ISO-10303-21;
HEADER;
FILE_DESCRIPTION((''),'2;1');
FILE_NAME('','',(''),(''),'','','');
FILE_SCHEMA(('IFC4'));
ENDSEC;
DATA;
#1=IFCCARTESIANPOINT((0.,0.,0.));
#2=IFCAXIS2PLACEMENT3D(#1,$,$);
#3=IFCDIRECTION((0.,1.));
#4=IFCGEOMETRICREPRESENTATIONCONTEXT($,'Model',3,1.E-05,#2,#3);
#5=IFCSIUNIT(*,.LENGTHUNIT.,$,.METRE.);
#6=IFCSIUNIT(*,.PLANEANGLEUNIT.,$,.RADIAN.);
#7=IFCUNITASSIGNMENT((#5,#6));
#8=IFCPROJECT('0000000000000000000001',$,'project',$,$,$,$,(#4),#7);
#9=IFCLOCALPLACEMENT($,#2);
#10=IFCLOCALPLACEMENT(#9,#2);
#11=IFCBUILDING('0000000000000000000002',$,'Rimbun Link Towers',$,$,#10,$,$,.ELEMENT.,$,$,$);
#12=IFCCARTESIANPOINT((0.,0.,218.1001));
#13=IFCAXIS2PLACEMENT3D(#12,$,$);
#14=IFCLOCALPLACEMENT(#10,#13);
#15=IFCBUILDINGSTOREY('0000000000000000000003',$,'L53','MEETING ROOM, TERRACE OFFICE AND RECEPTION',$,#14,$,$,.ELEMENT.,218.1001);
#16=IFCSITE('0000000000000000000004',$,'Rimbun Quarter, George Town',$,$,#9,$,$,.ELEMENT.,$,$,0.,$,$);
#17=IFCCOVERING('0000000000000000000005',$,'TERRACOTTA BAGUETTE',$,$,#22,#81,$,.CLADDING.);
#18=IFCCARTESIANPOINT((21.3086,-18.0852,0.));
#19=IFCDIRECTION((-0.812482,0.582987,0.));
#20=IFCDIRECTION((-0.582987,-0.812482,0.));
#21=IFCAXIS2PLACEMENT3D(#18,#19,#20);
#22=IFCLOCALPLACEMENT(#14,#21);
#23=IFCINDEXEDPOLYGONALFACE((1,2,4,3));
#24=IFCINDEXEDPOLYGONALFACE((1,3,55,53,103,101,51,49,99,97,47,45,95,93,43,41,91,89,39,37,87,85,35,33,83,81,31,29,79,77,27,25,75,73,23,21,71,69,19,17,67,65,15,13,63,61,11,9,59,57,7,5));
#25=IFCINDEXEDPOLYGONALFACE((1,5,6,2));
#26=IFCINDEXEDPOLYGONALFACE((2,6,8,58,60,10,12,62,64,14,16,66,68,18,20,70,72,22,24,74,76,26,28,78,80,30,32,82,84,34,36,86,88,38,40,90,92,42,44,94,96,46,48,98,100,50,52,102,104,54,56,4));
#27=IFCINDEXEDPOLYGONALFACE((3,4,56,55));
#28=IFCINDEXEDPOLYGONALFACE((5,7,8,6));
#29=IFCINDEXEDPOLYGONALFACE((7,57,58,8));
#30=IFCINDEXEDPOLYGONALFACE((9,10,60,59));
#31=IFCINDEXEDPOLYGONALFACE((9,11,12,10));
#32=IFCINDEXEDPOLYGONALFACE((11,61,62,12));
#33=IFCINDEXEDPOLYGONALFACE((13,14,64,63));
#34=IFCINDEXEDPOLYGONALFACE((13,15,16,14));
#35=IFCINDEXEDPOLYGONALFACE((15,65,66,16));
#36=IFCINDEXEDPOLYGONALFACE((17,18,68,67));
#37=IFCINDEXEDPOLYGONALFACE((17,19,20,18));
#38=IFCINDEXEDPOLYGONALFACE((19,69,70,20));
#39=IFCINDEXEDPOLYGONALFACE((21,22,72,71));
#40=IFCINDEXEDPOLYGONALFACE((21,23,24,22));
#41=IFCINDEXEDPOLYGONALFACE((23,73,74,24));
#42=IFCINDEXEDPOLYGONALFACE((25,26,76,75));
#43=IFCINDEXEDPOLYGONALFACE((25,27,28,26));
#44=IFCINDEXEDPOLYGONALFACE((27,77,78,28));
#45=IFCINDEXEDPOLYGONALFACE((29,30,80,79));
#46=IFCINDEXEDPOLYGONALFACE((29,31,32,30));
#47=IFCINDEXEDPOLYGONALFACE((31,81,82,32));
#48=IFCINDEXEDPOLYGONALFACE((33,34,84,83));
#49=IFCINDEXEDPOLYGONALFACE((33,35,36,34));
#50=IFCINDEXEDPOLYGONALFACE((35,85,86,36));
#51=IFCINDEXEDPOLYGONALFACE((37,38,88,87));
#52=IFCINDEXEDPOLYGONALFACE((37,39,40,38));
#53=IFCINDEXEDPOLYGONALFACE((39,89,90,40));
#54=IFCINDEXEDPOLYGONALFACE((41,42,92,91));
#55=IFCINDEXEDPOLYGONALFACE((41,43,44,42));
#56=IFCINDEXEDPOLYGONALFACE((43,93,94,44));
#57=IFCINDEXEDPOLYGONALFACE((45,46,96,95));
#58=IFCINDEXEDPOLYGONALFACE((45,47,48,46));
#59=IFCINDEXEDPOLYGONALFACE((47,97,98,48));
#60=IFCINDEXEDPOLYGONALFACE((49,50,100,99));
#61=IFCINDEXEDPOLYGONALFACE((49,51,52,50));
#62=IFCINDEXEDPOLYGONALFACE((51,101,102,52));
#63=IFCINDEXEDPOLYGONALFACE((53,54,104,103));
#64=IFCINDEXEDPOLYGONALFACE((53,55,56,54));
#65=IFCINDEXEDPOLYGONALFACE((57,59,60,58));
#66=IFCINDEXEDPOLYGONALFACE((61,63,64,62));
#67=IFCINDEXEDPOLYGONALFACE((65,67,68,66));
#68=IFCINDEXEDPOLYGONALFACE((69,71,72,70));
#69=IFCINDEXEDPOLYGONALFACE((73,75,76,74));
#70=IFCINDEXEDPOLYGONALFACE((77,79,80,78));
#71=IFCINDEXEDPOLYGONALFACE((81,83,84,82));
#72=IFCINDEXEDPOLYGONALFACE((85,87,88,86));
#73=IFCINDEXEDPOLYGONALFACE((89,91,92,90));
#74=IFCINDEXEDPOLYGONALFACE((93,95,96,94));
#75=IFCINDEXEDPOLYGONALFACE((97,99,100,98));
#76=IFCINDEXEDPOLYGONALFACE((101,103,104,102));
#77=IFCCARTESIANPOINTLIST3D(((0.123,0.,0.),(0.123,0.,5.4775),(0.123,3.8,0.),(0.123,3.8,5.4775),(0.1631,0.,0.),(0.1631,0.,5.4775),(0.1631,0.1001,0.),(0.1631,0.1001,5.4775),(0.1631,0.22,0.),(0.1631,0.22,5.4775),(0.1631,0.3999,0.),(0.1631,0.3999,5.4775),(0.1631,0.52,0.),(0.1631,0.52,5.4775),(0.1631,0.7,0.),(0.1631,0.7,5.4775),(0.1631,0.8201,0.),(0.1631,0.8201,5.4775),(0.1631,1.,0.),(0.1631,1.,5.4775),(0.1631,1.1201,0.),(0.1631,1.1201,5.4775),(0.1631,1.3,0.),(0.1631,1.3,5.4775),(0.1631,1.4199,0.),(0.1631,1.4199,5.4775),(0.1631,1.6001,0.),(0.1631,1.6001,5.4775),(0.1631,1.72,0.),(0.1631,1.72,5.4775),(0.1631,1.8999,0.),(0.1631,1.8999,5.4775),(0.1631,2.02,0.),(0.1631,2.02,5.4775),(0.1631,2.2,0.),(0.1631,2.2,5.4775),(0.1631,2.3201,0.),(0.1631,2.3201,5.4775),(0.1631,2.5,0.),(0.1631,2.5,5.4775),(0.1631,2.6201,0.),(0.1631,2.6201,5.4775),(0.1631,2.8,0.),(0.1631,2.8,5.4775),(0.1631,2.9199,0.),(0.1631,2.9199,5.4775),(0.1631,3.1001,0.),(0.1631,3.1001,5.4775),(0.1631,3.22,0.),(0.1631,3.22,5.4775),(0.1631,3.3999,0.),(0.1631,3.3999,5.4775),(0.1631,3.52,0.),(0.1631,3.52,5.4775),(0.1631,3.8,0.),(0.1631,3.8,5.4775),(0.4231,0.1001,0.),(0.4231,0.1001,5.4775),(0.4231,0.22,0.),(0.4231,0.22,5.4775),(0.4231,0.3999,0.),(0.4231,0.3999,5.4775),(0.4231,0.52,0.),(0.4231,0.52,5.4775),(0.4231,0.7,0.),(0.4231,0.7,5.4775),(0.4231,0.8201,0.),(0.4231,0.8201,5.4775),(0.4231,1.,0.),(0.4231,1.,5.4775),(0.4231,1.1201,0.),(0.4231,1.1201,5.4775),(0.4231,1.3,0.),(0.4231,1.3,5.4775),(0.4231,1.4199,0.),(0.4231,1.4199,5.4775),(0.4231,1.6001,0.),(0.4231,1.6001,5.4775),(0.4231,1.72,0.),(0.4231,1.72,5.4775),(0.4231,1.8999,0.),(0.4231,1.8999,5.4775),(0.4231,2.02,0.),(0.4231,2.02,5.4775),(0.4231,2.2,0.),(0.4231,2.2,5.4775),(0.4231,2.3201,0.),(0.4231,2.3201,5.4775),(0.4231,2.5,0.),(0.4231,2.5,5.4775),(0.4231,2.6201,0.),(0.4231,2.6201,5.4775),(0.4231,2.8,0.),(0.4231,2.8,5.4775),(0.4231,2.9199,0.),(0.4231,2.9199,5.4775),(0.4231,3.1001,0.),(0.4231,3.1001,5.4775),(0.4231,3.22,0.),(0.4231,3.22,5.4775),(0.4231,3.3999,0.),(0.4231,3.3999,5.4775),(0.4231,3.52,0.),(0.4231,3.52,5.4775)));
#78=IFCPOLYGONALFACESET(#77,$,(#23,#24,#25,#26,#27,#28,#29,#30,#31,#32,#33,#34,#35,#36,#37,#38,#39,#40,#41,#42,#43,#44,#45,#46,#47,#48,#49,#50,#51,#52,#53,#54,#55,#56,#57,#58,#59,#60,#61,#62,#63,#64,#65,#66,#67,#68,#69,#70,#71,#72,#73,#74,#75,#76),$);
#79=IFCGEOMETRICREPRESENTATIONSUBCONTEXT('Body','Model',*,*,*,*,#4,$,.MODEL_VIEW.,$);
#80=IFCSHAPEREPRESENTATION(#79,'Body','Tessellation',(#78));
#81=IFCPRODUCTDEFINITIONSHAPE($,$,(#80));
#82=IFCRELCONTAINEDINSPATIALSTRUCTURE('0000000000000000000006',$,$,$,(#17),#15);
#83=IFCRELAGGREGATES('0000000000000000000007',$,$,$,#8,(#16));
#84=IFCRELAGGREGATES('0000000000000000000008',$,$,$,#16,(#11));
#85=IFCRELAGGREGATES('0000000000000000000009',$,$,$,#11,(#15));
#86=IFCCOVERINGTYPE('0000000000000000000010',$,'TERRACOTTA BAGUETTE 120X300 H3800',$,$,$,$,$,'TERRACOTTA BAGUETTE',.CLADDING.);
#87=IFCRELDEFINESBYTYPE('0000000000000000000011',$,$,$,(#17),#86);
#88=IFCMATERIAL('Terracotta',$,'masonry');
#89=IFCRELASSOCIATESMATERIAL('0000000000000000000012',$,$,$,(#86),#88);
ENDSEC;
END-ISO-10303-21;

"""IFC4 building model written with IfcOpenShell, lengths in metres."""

from ifc_helpers import new_model, si_unit, direction, frame, origin, place, context, subcontext, project, spatial, polyline, outline, extrude, material, material_profile, profile_set, type_object, element, save


model = new_model("IFC4")

# Units and contexts
model_context = context("Model", 3, precision=1e-05, world=origin(), true_north=direction((0.0, 1.0)))
body_context = subcontext(model_context, "Body", "Model", "MODEL_VIEW")
ifc_project = project(units=[si_unit("LENGTHUNIT", "METRE"), si_unit("PLANEANGLEUNIT", "RADIAN")], contexts=[model_context])

# Site, building, storey
site_placement = place(None, origin())
site = spatial("IfcSite", under=ifc_project, at=site_placement, Name="Rimbun Quarter, George Town", CompositionType="ELEMENT", RefElevation=0.0)
building_placement = place(site_placement, origin())
building = spatial("IfcBuilding", under=site, at=building_placement, Name="Rimbun Link Towers", CompositionType="ELEMENT")
storey_placement = place(building_placement, frame((0.0, 0.0, 218.1001)))
storey = spatial("IfcBuildingStorey", under=building, at=storey_placement, Name="L53", Description="MEETING ROOM, TERRACE OFFICE AND RECEPTION", CompositionType="ELEMENT", Elevation=218.1001)

# Covering
ifc_material_1 = material(Name="Terracotta", Category="masonry")
ifc_material_profile_1 = material_profile(ifc_material_1, outline(polyline([(0.123, 0.0), (0.1631, 0.0), (0.1631, 0.1001), (0.4231, 0.1001), (0.4231, 0.22), (0.1631, 0.22), (0.1631, 0.3999), (0.4231, 0.3999), (0.4231, 0.52), (0.1631, 0.52), (0.1631, 0.7), (0.4231, 0.7), (0.4231, 0.8201), (0.1631, 0.8201), (0.1631, 1.0), (0.4231, 1.0), (0.4231, 1.1201), (0.1631, 1.1201), (0.1631, 1.3), (0.4231, 1.3), (0.4231, 1.4199), (0.1631, 1.4199), (0.1631, 1.6001), (0.4231, 1.6001), (0.4231, 1.72), (0.1631, 1.72), (0.1631, 1.8999), (0.4231, 1.8999), (0.4231, 2.02), (0.1631, 2.02), (0.1631, 2.2), (0.4231, 2.2), (0.4231, 2.3201), (0.1631, 2.3201), (0.1631, 2.5), (0.4231, 2.5), (0.4231, 2.6201), (0.1631, 2.6201), (0.1631, 2.8), (0.4231, 2.8), (0.4231, 2.9199), (0.1631, 2.9199), (0.1631, 3.1001), (0.4231, 3.1001), (0.4231, 3.22), (0.1631, 3.22), (0.1631, 3.3999), (0.4231, 3.3999), (0.4231, 3.52), (0.1631, 3.52), (0.1631, 3.8), (0.123, 3.8), (0.123, 0.0)])), Name="BAGUETTE 120X300")
ifc_profile_set_1 = profile_set([ifc_material_profile_1], Name="Terracotta")
covering_type = type_object("IfcCoveringType", Name="TERRACOTTA BAGUETTE 120X300 H3800", ElementType="TERRACOTTA BAGUETTE", PredefinedType="CLADDING", material=ifc_profile_set_1)
for number, where, z_axis, x_axis, name in (
    (1, (21.3086, -18.0852, 0.0), (-0.812482, 0.582987, 0.0), (-0.582987, -0.812482, 0.0), "TERRACOTTA BAGUETTE"),
):
    element("IfcCovering", number, at=place(storey_placement, frame(where, z_axis=z_axis, x_axis=x_axis)), inside=storey, type_object=covering_type, Name=name, PredefinedType="CLADDING", context=body_context, shape_type="SweptSolid", body=[
        extrude(outline(polyline([(0.123, 0.0), (0.1631, 0.0), (0.1631, 0.1001), (0.4231, 0.1001), (0.4231, 0.22), (0.1631, 0.22), (0.1631, 0.3999), (0.4231, 0.3999), (0.4231, 0.52), (0.1631, 0.52), (0.1631, 0.7), (0.4231, 0.7), (0.4231, 0.8201), (0.1631, 0.8201), (0.1631, 1.0), (0.4231, 1.0), (0.4231, 1.1201), (0.1631, 1.1201), (0.1631, 1.3), (0.4231, 1.3), (0.4231, 1.4199), (0.1631, 1.4199), (0.1631, 1.6001), (0.4231, 1.6001), (0.4231, 1.72), (0.1631, 1.72), (0.1631, 1.8999), (0.4231, 1.8999), (0.4231, 2.02), (0.1631, 2.02), (0.1631, 2.2), (0.4231, 2.2), (0.4231, 2.3201), (0.1631, 2.3201), (0.1631, 2.5), (0.4231, 2.5), (0.4231, 2.6201), (0.1631, 2.6201), (0.1631, 2.8), (0.4231, 2.8), (0.4231, 2.9199), (0.1631, 2.9199), (0.1631, 3.1001), (0.4231, 3.1001), (0.4231, 3.22), (0.1631, 3.22), (0.1631, 3.3999), (0.4231, 3.3999), (0.4231, 3.52), (0.1631, 3.52), (0.1631, 3.8), (0.123, 3.8), (0.123, 0.0)])), origin(), (0.0, 0.0, 1.0), 5.4775),
    ])

save(model, "model.ifc")
